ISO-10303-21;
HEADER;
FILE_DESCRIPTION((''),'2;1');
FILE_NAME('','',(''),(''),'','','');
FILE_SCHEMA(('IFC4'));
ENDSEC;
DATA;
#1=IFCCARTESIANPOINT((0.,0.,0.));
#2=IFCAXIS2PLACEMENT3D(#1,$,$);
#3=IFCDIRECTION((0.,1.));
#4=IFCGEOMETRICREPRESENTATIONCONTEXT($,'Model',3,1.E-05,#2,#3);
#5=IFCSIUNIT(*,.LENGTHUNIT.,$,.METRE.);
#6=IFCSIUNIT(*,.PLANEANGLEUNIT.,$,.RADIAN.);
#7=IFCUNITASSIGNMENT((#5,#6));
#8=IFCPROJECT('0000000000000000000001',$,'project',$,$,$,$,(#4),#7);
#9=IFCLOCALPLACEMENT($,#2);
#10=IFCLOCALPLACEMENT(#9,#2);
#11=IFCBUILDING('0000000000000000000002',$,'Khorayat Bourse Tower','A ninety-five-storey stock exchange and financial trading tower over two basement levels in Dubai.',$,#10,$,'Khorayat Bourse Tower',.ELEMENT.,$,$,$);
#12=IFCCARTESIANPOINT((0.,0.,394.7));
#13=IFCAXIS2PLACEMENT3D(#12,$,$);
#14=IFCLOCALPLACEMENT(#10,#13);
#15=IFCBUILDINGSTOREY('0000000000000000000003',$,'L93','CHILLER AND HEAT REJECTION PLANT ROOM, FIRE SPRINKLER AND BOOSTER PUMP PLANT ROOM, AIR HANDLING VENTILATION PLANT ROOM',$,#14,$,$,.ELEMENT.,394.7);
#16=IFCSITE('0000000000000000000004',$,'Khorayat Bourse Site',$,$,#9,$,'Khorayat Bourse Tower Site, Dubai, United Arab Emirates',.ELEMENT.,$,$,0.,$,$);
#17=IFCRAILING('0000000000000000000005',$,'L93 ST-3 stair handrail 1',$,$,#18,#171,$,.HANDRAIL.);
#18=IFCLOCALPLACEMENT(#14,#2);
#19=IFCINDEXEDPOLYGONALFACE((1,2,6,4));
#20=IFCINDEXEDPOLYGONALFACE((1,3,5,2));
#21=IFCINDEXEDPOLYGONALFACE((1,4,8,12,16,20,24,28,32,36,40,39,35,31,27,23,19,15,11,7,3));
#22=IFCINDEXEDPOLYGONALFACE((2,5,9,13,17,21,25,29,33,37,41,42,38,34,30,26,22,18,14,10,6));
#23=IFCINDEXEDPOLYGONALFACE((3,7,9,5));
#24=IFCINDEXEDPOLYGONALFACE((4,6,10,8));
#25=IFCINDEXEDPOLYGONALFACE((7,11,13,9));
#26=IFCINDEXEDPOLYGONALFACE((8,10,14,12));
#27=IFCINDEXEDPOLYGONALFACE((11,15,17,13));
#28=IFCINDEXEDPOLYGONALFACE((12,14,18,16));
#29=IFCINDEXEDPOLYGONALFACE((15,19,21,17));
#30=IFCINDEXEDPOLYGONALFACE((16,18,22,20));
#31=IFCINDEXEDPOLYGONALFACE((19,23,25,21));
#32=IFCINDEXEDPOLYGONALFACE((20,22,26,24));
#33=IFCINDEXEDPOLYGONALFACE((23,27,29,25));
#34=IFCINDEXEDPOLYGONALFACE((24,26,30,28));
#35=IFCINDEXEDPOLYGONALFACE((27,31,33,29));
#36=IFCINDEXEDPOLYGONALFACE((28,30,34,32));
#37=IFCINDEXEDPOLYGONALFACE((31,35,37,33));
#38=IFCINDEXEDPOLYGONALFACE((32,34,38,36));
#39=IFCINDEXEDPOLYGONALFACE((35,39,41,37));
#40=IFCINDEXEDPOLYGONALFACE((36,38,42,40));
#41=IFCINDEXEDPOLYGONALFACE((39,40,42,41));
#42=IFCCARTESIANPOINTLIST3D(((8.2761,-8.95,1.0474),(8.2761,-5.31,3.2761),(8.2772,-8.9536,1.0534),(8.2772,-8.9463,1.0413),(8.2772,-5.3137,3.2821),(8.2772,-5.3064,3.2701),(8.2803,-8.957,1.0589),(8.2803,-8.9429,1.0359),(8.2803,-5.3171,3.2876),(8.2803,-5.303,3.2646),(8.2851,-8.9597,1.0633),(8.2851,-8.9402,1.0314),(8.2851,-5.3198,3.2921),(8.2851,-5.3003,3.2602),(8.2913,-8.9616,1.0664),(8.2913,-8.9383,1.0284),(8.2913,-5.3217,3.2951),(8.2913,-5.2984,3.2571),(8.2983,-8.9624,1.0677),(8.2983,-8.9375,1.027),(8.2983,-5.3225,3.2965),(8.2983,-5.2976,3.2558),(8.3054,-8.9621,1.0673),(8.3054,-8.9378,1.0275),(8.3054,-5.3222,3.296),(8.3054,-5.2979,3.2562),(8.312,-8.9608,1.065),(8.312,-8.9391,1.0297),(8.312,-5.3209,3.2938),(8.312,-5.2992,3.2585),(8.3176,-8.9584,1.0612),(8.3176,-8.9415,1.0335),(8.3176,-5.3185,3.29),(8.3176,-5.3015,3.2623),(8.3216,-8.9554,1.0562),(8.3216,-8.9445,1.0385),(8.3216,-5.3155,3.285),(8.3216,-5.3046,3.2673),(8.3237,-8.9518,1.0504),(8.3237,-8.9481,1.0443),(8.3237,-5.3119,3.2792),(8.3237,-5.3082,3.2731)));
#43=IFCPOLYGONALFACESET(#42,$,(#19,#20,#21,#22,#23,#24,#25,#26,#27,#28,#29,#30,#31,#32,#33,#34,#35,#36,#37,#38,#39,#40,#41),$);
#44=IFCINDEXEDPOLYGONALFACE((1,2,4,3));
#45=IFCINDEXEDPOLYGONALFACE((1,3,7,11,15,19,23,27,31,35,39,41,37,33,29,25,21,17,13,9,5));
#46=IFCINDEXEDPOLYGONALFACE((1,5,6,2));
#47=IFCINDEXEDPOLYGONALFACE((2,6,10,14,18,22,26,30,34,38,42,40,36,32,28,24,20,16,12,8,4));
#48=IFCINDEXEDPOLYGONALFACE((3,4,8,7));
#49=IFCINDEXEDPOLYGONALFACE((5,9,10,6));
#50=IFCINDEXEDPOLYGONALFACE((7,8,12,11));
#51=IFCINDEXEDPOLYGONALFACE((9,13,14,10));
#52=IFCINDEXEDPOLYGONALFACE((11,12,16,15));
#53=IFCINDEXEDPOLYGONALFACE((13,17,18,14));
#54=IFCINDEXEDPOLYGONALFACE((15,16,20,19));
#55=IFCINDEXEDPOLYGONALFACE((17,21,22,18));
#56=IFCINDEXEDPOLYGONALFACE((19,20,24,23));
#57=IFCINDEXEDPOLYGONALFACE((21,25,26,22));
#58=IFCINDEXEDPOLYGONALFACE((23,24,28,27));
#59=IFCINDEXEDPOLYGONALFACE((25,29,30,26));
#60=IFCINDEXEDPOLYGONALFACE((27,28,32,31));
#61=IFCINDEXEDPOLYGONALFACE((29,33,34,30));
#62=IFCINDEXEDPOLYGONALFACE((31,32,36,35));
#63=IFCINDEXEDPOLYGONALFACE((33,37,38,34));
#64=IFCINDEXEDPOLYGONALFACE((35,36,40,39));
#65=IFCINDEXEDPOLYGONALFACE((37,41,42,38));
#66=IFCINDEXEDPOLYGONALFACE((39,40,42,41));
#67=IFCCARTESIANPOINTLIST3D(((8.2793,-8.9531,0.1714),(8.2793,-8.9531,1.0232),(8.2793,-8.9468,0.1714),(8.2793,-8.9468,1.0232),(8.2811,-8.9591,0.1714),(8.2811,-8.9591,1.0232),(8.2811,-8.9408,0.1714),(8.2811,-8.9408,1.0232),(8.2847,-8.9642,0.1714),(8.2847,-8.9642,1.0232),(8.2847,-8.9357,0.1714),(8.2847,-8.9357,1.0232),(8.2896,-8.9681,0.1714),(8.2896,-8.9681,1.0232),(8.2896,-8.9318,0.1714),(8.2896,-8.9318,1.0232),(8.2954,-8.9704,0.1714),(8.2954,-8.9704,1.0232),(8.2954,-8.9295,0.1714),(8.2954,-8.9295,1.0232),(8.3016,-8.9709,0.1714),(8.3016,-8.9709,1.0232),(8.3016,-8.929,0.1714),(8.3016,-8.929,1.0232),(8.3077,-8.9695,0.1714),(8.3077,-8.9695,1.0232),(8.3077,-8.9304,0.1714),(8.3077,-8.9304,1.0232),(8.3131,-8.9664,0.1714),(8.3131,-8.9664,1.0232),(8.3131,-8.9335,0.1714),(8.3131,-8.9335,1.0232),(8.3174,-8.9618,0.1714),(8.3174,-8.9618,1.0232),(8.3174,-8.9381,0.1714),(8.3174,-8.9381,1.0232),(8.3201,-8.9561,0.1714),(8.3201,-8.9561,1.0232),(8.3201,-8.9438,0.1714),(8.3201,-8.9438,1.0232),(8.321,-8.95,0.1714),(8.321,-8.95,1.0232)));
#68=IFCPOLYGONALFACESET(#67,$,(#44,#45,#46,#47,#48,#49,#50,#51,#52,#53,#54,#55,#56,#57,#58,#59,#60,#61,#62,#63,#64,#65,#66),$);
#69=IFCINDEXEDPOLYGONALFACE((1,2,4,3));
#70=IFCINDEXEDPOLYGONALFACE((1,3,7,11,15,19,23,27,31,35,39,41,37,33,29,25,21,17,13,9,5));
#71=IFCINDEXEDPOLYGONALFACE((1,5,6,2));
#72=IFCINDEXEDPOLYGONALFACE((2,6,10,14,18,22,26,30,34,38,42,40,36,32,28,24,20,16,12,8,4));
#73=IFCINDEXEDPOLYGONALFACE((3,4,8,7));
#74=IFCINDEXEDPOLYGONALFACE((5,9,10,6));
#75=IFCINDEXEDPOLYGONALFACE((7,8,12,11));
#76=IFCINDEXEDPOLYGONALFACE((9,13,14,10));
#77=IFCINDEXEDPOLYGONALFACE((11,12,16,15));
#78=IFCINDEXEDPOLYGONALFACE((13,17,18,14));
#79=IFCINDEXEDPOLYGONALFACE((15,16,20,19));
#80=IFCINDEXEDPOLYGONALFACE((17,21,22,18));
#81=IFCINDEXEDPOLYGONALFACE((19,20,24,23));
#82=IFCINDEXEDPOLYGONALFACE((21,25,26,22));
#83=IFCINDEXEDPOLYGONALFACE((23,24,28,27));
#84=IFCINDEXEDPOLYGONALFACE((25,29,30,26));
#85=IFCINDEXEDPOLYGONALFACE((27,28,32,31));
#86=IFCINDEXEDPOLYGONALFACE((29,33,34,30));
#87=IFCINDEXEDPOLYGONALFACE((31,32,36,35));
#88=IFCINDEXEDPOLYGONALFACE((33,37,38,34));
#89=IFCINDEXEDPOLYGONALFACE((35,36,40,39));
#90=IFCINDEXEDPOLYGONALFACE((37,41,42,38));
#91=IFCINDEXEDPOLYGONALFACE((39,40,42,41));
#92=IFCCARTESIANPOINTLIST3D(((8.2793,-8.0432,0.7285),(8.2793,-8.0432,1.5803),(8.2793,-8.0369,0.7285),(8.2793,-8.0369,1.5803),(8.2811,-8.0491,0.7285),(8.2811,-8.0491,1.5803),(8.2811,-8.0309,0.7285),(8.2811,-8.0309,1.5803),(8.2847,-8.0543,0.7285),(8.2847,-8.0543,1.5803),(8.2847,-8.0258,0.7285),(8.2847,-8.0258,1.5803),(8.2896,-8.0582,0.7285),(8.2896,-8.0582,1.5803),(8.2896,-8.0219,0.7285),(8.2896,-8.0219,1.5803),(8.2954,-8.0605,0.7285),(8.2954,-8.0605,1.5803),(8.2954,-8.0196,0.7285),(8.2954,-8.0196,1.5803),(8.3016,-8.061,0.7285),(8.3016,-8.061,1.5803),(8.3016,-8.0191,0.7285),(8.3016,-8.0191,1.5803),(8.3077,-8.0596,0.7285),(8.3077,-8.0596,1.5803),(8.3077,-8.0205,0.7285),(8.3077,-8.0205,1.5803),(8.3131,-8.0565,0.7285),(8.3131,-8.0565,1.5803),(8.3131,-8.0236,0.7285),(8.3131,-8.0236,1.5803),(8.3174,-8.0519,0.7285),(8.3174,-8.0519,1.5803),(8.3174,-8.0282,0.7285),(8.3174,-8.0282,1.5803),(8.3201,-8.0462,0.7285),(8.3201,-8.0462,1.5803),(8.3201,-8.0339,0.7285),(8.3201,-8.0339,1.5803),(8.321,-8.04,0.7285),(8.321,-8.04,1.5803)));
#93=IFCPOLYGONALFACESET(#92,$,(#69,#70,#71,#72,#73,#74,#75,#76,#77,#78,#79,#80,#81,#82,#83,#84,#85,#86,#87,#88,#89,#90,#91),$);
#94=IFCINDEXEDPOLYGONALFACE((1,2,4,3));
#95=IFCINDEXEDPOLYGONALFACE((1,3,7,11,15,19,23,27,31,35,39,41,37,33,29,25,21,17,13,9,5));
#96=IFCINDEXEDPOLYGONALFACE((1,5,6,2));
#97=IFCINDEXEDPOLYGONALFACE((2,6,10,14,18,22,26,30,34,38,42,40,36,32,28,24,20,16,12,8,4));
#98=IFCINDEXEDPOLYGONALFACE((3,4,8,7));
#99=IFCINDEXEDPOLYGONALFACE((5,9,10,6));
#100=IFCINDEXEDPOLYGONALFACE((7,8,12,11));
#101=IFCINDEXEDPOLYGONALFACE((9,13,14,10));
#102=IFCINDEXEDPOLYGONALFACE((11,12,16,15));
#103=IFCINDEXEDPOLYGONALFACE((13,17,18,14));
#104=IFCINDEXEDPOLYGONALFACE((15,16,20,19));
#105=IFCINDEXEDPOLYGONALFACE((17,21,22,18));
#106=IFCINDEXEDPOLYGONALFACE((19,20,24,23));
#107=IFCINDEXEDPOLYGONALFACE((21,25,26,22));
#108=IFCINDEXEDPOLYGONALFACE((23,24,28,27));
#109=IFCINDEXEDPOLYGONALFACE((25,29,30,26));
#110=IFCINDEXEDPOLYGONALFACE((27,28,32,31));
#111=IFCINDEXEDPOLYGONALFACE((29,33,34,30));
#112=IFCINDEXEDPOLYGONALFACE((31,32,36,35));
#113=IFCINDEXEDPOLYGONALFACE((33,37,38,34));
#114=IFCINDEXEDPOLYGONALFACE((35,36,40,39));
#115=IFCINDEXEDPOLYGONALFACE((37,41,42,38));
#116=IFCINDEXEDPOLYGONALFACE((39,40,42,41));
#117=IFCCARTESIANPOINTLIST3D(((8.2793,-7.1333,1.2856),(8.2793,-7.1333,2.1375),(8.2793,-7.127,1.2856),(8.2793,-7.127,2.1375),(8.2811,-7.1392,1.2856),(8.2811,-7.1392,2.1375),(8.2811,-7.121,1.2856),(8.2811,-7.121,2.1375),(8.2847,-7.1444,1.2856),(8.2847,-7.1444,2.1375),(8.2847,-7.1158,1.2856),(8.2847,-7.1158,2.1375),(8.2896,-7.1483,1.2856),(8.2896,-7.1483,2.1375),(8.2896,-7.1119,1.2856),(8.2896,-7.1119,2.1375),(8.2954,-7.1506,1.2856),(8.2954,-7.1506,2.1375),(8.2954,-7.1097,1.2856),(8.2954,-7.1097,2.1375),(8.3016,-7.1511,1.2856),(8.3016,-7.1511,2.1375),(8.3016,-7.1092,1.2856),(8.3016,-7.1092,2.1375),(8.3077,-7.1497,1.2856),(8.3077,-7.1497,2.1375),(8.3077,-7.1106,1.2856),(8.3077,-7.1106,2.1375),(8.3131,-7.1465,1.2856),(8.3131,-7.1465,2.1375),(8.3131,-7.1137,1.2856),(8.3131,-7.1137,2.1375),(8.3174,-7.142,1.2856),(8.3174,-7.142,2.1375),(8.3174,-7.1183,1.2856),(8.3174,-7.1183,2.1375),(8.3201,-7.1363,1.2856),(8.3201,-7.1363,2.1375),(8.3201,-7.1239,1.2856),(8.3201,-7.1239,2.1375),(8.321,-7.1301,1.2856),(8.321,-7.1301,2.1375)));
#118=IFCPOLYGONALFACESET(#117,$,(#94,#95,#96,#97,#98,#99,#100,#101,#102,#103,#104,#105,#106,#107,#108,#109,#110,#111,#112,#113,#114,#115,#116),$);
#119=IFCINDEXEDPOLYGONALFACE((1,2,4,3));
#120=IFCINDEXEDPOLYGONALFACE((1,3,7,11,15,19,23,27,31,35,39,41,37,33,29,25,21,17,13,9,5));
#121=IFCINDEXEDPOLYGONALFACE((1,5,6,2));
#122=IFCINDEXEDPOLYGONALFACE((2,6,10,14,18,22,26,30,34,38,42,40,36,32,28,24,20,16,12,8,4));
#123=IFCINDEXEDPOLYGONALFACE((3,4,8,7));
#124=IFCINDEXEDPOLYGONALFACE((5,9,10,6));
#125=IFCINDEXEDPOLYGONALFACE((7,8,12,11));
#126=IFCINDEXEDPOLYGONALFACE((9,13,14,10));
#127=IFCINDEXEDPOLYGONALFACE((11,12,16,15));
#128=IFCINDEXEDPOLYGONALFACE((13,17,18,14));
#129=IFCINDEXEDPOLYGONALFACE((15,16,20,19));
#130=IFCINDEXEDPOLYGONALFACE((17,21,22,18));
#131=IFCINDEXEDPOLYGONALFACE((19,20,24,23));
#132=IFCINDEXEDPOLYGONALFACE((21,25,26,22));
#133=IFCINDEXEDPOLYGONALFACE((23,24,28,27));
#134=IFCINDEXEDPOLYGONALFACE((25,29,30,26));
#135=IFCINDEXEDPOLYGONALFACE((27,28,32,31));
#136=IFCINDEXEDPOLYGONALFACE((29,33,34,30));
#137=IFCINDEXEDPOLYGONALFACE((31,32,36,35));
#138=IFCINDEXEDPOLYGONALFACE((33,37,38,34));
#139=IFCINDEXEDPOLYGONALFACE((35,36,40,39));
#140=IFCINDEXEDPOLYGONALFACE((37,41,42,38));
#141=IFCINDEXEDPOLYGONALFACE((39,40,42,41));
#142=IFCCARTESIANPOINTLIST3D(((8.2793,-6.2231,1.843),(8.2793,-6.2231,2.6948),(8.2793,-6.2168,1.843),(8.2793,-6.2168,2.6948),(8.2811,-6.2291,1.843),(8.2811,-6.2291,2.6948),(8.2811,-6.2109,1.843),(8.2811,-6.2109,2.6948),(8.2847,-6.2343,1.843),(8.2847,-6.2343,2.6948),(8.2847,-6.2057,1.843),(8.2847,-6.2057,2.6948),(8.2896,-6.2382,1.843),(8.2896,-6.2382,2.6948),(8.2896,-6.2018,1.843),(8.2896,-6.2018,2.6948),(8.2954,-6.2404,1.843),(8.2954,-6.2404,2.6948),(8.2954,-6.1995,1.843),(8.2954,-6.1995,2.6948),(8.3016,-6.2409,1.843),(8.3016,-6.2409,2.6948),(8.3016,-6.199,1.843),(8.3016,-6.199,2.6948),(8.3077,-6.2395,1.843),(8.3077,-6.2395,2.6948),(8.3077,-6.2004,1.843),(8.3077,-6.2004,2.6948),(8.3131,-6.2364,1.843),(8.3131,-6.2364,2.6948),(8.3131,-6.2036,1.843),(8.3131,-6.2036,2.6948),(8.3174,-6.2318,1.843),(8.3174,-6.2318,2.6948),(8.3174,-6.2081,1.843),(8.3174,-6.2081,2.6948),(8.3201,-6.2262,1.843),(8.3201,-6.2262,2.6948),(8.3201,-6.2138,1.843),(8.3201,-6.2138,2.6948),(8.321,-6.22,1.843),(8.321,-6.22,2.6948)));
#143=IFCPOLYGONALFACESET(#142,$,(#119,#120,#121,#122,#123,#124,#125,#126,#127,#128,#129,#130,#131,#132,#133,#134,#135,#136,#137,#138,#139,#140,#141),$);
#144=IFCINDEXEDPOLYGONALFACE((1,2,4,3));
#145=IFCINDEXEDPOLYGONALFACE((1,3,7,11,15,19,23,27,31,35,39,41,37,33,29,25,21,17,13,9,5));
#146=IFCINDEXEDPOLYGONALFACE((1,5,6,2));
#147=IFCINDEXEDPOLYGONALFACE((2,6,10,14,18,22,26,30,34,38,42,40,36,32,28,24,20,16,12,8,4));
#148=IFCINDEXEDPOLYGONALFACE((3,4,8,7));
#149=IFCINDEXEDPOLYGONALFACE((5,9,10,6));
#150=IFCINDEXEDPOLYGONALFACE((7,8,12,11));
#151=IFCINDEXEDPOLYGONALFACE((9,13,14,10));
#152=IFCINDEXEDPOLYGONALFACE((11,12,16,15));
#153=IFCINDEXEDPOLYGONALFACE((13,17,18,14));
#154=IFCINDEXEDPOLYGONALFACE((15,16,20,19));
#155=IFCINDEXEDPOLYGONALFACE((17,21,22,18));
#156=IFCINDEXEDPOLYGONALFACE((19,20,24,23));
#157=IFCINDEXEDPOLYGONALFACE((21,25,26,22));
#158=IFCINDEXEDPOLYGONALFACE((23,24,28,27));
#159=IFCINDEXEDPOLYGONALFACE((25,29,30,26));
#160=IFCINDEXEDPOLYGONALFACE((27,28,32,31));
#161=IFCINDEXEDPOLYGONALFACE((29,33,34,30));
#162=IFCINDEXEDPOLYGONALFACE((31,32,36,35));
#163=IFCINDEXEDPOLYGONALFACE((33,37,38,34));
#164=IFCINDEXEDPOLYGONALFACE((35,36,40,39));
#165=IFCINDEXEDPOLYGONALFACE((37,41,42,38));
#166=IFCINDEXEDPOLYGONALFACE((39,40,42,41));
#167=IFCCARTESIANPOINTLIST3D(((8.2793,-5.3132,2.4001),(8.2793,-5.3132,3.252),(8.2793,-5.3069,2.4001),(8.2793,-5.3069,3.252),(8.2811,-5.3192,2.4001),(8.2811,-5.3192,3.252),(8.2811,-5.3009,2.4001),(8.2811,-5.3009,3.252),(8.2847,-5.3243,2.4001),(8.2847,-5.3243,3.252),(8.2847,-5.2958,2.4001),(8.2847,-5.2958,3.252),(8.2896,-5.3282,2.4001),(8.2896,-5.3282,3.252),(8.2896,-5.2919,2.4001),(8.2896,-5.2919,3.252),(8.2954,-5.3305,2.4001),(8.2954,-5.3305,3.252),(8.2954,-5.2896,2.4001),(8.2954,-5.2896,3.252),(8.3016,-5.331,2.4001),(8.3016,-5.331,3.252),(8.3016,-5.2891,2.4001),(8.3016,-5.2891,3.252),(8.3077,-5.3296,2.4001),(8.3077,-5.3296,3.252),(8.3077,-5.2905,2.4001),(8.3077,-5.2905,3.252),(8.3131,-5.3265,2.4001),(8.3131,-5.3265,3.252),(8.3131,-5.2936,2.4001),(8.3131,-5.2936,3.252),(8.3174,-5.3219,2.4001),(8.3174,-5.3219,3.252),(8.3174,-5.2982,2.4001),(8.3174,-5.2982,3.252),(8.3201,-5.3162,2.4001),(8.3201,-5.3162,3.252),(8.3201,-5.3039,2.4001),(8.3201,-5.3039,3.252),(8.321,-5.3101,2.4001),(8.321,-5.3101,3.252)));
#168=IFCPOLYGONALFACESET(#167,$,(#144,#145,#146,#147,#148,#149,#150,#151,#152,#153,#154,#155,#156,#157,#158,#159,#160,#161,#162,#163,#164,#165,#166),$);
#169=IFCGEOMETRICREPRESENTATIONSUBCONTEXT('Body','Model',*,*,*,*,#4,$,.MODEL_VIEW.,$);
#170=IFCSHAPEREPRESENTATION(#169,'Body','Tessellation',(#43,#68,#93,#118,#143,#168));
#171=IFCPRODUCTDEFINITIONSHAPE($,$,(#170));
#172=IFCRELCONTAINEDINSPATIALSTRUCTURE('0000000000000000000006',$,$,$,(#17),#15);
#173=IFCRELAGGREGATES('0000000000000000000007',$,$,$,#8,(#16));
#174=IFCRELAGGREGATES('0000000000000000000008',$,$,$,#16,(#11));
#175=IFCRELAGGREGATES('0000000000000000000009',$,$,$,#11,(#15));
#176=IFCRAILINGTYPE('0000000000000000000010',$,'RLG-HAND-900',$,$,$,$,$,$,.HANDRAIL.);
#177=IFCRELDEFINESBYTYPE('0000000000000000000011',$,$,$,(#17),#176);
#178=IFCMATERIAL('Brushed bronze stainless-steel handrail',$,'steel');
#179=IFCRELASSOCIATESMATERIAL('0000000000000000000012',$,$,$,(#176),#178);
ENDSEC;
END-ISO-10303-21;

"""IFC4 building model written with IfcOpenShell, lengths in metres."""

from ifc_helpers import new_model, si_unit, direction, frame, origin, origin_2d, place, context, subcontext, project, spatial, circle, extrude, source, transform, mapped, material, type_object, element, save


model = new_model("IFC4")

# Units and contexts
model_context = context("Model", 3, precision=1e-05, world=origin(), true_north=direction((0.0, 1.0)))
body_context = subcontext(model_context, "Body", "Model", "MODEL_VIEW")
ifc_project = project(units=[si_unit("LENGTHUNIT", "METRE"), si_unit("PLANEANGLEUNIT", "RADIAN")], contexts=[model_context])

# Site, building, storey
site_placement = place(None, origin())
site = spatial("IfcSite", under=ifc_project, at=site_placement, Name="Khorayat Bourse Site", LongName="Khorayat Bourse Tower Site, Dubai, United Arab Emirates", CompositionType="ELEMENT", RefElevation=0.0)
building_placement = place(site_placement, origin())
building = spatial("IfcBuilding", under=site, at=building_placement, Name="Khorayat Bourse Tower", Description="A ninety-five-storey stock exchange and financial trading tower over two basement levels in Dubai.", LongName="Khorayat Bourse Tower", CompositionType="ELEMENT")
storey_placement = place(building_placement, frame((0.0, 0.0, 394.7)))
storey = spatial("IfcBuildingStorey", under=building, at=storey_placement, Name="L93", Description="CHILLER AND HEAT REJECTION PLANT ROOM, FIRE SPRINKLER AND BOOSTER PUMP PLANT ROOM, AIR HANDLING VENTILATION PLANT ROOM", CompositionType="ELEMENT", Elevation=394.7)

# Railing
ifc_material_1 = material(Name="Brushed bronze stainless-steel handrail", Category="steel")
railing_type_1 = type_object("IfcRailingType", Name="RLG-HAND-900", PredefinedType="HANDRAIL", material=ifc_material_1)
shared_shape_1 = source(origin(), body_context, "Body", "SweptSolid", [
    extrude(circle(Radius=0.0239, at=origin_2d()), frame((0.0, 0.0, 0.876), z_axis=(0.0, 0.852825, 0.522197), x_axis=(-1.0, 0.0, 0.0)), (0.0, 0.0, 1.0), 4.2681),
    extrude(circle(Radius=0.021, at=origin_2d()), origin(), (0.0, 0.0, 1.0), 0.8518),
    extrude(circle(Radius=0.021, at=origin_2d()), frame((0.0, 0.9099, 0.5571)), (0.0, 0.0, 1.0), 0.8518),
    extrude(circle(Radius=0.021, at=origin_2d()), frame((0.0, 1.8198, 1.1143)), (0.0, 0.0, 1.0), 0.8518),
    extrude(circle(Radius=0.021, at=origin_2d()), frame((0.0, 2.73, 1.6716)), (0.0, 0.0, 1.0), 0.8518),
    extrude(circle(Radius=0.021, at=origin_2d()), frame((0.0, 3.6399, 2.2288)), (0.0, 0.0, 1.0), 0.8518),
])
railing_1_placement = place(storey_placement, frame((8.3, -8.95, 0.1714)))
element("IfcRailing", 1, at=railing_1_placement, inside=storey, type_object=railing_type_1, Name="L93 ST-3 stair handrail 1", PredefinedType="HANDRAIL", context=body_context, shape_type="MappedRepresentation", body=[
    mapped(shared_shape_1, transform((0.0, 0.0, 0.0), scale=1.0)),
])

save(model, "model.ifc")
